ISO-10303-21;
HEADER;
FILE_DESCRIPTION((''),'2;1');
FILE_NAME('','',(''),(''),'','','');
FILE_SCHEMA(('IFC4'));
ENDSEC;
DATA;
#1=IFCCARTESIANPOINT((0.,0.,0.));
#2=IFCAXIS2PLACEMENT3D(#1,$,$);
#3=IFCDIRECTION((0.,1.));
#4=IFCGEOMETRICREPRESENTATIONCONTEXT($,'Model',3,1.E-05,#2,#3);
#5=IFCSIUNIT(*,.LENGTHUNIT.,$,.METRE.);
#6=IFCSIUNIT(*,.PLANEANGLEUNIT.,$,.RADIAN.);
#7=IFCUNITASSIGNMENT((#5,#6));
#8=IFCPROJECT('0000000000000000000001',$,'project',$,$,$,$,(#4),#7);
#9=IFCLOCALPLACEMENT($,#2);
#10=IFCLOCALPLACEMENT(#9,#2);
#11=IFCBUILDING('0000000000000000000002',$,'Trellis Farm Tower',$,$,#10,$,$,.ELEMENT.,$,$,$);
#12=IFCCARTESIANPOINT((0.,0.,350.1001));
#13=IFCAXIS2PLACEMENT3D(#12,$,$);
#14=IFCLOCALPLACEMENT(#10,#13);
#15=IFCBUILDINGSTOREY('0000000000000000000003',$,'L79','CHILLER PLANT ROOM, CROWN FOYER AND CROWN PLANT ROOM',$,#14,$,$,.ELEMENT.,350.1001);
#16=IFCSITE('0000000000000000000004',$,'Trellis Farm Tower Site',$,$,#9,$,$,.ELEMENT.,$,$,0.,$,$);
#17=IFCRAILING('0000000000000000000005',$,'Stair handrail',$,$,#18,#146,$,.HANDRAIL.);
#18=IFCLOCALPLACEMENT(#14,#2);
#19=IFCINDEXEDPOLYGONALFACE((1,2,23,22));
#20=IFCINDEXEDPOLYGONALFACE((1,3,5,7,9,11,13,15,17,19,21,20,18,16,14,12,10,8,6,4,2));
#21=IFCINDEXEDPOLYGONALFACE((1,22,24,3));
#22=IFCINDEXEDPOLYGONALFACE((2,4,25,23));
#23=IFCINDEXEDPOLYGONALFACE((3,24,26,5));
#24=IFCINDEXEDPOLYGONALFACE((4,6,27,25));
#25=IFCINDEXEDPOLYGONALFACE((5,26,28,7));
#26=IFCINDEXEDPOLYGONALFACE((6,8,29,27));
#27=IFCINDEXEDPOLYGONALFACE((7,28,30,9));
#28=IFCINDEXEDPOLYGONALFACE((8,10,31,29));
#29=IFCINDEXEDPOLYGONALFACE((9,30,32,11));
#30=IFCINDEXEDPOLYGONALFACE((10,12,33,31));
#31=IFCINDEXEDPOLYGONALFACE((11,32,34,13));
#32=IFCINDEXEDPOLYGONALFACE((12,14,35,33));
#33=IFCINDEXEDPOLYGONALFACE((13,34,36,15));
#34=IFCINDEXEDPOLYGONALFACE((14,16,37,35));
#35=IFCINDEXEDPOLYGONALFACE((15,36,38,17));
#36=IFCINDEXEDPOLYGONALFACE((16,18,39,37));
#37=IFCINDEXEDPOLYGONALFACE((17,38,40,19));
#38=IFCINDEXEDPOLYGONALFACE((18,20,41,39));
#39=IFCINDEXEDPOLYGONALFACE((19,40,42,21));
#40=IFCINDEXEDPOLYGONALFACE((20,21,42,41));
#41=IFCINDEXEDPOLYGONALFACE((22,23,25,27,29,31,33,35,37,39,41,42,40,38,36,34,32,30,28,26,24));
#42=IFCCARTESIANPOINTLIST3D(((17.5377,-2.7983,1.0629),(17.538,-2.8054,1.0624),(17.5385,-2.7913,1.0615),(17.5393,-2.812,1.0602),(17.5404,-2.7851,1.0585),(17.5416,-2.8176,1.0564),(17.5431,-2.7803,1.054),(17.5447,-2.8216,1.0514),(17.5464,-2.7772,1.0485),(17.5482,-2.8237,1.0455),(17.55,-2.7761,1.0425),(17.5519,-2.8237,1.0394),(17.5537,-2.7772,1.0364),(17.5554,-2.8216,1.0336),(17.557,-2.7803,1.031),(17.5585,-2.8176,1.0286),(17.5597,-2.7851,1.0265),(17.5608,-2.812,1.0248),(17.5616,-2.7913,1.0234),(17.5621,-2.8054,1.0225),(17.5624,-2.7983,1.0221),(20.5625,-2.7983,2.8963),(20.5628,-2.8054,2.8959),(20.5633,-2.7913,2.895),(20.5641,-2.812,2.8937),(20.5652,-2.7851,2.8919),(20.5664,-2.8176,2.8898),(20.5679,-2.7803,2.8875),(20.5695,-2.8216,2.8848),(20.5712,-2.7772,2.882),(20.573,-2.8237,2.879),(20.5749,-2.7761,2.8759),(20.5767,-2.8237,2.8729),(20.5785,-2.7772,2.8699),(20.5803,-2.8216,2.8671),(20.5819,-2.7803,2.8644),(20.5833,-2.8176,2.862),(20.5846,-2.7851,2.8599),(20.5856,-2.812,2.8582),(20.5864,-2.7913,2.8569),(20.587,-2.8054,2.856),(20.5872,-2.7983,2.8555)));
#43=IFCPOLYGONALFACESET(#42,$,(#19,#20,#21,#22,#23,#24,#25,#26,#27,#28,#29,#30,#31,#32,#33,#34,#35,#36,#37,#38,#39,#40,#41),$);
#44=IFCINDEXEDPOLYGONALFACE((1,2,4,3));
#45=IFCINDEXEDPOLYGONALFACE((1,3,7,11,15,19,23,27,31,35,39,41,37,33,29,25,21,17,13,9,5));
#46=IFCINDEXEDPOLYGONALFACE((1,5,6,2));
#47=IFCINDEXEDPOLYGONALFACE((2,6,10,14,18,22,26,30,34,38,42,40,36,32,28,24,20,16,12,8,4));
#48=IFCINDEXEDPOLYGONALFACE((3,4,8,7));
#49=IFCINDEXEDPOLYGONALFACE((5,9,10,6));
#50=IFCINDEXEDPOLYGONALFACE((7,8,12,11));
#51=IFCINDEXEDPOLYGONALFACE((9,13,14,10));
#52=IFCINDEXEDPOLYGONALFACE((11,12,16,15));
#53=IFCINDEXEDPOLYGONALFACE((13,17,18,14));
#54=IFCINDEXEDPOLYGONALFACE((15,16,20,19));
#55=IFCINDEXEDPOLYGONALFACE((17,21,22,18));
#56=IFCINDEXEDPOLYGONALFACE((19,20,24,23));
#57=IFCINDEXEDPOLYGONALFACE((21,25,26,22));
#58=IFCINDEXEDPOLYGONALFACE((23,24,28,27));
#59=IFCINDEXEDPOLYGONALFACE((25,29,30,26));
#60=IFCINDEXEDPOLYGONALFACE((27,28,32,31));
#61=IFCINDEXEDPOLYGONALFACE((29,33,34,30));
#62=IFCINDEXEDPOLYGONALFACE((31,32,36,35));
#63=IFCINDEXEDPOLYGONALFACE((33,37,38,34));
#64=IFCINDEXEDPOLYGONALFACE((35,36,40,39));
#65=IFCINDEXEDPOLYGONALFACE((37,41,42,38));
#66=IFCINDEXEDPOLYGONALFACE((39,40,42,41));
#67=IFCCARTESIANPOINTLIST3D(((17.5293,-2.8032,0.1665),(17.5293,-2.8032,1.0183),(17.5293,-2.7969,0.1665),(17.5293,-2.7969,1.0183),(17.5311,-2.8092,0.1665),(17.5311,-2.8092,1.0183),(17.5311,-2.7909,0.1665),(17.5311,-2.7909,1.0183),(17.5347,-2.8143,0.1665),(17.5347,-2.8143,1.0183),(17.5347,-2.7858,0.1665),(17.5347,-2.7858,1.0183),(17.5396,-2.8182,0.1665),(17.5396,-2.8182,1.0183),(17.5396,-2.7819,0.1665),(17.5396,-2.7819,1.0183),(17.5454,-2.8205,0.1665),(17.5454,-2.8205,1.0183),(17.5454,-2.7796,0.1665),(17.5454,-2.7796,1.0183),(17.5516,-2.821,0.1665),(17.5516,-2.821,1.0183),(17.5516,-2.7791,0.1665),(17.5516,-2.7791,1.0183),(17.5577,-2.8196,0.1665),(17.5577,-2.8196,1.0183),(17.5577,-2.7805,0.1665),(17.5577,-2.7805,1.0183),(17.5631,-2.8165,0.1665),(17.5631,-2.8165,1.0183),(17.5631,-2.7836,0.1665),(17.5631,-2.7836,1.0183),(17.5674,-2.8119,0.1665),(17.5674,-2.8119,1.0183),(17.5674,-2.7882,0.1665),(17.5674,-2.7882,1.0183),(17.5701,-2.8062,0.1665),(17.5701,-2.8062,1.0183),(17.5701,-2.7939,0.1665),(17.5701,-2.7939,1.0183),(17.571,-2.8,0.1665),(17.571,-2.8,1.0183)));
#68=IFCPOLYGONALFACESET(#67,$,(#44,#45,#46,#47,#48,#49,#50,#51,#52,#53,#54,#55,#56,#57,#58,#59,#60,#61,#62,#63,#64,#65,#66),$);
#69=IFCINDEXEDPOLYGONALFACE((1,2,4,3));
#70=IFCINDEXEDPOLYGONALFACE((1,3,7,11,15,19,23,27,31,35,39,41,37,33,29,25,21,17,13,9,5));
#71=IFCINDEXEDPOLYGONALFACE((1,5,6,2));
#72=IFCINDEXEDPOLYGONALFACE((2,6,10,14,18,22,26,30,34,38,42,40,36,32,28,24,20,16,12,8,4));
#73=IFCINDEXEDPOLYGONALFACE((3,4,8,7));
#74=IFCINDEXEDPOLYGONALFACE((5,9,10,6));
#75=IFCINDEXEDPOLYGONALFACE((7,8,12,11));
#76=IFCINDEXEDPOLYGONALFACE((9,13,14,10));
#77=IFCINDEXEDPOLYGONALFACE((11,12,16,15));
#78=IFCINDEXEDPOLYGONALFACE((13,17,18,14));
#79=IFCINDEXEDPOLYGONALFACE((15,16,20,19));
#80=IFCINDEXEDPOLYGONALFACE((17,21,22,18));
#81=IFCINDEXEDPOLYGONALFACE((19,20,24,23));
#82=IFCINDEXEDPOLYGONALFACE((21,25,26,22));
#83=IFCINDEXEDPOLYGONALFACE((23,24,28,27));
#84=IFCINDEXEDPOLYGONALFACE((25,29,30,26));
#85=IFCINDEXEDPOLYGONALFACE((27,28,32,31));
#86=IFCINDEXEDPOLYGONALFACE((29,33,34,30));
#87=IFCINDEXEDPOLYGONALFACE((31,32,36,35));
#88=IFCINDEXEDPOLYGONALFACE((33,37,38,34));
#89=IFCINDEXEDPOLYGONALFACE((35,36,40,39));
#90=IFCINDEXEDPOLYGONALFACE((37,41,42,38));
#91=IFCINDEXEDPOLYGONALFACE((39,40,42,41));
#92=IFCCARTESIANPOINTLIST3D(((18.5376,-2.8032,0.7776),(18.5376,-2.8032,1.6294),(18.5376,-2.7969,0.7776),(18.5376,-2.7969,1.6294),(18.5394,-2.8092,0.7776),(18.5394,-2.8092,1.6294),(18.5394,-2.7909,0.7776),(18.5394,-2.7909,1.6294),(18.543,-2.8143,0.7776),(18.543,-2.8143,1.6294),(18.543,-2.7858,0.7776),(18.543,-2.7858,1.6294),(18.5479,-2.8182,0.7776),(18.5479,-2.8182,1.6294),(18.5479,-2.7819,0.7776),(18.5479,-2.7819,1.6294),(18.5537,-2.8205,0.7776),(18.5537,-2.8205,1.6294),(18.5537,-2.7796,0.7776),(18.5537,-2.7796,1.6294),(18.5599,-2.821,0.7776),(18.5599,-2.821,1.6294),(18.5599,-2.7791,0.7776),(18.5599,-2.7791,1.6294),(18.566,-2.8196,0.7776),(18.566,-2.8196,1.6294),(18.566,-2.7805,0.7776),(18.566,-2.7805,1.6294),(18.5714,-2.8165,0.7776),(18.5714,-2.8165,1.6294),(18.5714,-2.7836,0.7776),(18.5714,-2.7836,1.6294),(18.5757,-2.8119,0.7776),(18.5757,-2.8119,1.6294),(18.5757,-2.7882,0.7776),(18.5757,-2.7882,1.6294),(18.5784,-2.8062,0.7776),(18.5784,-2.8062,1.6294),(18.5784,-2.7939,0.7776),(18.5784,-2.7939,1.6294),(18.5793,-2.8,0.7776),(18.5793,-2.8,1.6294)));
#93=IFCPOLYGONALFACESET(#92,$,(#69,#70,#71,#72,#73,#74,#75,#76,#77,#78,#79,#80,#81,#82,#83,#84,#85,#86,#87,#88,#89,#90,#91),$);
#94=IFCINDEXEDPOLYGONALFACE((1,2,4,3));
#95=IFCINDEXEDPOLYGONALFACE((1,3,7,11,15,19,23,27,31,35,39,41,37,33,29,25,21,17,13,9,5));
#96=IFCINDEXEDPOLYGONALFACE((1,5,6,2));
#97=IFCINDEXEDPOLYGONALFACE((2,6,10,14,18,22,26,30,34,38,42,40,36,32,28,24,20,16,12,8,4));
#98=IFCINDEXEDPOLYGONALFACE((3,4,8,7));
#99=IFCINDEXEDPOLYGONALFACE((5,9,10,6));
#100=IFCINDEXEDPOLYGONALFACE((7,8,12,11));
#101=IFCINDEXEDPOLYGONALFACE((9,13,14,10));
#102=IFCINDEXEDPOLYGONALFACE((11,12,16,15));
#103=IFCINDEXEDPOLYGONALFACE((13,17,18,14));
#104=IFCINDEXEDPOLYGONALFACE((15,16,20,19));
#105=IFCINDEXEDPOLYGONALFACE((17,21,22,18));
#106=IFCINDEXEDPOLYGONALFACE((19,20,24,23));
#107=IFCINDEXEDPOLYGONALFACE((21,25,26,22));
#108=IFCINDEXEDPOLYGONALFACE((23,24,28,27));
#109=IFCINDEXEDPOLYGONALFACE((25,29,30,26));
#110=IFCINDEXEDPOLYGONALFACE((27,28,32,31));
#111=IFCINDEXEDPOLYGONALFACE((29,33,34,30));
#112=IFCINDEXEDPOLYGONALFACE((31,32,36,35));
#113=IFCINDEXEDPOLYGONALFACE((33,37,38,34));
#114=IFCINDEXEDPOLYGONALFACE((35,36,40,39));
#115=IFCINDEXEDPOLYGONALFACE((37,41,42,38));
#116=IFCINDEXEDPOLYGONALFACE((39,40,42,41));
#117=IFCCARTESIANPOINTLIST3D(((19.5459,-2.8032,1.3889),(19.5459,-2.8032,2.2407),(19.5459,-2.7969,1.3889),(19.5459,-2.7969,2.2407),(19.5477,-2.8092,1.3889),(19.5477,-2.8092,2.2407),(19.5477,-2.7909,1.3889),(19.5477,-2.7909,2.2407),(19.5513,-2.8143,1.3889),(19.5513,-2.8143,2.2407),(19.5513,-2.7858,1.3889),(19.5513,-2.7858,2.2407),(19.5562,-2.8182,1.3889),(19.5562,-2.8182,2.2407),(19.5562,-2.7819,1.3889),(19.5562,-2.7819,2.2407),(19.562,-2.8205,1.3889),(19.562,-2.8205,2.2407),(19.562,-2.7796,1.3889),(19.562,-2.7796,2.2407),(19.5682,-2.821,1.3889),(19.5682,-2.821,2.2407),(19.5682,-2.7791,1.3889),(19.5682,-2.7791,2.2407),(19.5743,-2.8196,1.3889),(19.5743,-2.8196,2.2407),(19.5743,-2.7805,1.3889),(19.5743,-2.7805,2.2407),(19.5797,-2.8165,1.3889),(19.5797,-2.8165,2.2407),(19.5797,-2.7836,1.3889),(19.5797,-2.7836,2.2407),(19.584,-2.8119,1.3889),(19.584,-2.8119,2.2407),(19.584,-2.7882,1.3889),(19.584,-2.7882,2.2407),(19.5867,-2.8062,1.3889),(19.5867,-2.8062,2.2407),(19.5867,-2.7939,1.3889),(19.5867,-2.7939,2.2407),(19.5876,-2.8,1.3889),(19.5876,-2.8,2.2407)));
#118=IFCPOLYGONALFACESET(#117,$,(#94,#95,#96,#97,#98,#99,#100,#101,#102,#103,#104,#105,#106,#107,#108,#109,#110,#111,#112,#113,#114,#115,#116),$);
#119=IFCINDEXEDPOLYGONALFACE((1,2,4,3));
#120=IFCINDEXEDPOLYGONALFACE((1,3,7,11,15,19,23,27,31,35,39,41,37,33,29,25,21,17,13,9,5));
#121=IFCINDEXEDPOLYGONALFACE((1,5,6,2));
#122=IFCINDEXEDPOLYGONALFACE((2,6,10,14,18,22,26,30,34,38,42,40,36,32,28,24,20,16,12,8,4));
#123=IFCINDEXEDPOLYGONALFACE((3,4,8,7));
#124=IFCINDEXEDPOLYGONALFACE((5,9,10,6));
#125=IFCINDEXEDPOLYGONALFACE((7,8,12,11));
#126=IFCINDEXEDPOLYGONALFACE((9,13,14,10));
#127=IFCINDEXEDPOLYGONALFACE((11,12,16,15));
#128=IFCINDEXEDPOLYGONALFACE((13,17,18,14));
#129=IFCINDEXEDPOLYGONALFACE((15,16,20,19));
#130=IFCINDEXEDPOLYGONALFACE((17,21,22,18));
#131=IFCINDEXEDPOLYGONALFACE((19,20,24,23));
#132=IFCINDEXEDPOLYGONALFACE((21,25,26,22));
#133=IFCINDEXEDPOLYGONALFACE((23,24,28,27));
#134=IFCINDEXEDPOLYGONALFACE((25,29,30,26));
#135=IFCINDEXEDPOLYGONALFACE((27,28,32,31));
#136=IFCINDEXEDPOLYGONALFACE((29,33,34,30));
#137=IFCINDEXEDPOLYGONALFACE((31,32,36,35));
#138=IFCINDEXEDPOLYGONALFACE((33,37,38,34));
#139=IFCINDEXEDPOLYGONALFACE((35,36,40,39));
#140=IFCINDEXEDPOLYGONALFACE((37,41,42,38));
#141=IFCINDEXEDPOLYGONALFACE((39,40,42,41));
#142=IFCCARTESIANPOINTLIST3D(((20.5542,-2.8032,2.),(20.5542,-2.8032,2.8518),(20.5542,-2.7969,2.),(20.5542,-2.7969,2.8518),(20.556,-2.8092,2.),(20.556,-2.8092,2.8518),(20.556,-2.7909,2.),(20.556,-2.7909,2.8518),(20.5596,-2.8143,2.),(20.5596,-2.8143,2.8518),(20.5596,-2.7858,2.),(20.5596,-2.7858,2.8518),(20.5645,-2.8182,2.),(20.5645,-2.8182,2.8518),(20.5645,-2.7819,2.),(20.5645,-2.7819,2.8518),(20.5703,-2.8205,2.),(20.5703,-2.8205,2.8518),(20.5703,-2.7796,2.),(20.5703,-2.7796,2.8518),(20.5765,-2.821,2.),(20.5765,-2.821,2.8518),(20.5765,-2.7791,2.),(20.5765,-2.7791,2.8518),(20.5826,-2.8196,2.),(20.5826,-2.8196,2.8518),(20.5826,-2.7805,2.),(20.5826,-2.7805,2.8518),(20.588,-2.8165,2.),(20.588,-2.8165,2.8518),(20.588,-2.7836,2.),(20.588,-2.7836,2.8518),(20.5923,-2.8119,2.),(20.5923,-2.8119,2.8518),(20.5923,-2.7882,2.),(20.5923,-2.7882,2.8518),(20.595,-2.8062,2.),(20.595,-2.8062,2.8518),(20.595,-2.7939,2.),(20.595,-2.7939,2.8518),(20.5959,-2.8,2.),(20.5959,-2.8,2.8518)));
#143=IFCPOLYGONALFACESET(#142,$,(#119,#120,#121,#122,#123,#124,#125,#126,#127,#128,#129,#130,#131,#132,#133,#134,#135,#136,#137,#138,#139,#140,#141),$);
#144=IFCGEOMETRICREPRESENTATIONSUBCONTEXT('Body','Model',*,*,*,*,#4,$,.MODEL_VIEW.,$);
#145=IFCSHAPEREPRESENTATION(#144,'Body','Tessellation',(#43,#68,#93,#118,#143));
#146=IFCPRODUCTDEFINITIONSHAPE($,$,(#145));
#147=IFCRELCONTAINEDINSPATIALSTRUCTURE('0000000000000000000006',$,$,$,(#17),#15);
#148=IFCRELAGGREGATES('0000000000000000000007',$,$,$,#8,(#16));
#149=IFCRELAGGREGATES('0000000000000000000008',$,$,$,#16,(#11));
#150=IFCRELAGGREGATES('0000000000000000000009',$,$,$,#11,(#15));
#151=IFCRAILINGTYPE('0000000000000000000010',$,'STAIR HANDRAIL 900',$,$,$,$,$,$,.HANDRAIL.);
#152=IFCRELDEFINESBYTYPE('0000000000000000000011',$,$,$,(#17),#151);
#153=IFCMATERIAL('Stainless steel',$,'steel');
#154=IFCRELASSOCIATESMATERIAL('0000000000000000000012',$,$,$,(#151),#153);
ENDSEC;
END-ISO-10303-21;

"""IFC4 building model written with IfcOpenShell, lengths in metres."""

from ifc_helpers import new_model, si_unit, direction, frame, origin, origin_2d, place, context, subcontext, project, spatial, circle, extrude, source, transform, mapped, material, type_object, element, save


model = new_model("IFC4")

# Units and contexts
model_context = context("Model", 3, precision=1e-05, world=origin(), true_north=direction((0.0, 1.0)))
body_context = subcontext(model_context, "Body", "Model", "MODEL_VIEW")
ifc_project = project(units=[si_unit("LENGTHUNIT", "METRE"), si_unit("PLANEANGLEUNIT", "RADIAN")], contexts=[model_context])

# Site, building, storey
site_placement = place(None, origin())
site = spatial("IfcSite", under=ifc_project, at=site_placement, Name="Trellis Farm Tower Site", CompositionType="ELEMENT", RefElevation=0.0)
building_placement = place(site_placement, origin())
building = spatial("IfcBuilding", under=site, at=building_placement, Name="Trellis Farm Tower", CompositionType="ELEMENT")
storey_placement = place(building_placement, frame((0.0, 0.0, 350.1001)))
storey = spatial("IfcBuildingStorey", under=building, at=storey_placement, Name="L79", Description="CHILLER PLANT ROOM, CROWN FOYER AND CROWN PLANT ROOM", CompositionType="ELEMENT", Elevation=350.1001)

# Railing
ifc_material_1 = material(Name="Stainless steel", Category="steel")
railing_type = type_object("IfcRailingType", Name="STAIR HANDRAIL 900", PredefinedType="HANDRAIL", material=ifc_material_1)
shared_shape_1 = source(origin(), body_context, "Body", "SweptSolid", [
    extrude(circle(Radius=0.0239, at=origin_2d()), frame((0.0, 0.0, 0.876), z_axis=(0.85517, 0.0, 0.518348), x_axis=(0.0, 1.0, 0.0)), (0.0, 0.0, 1.0), 3.5371),
    extrude(circle(Radius=0.021, at=origin_2d()), origin(), (0.0, 0.0, 1.0), 0.8518),
    extrude(circle(Radius=0.021, at=origin_2d()), frame((1.0083, 0.0, 0.6111)), (0.0, 0.0, 1.0), 0.8518),
    extrude(circle(Radius=0.021, at=origin_2d()), frame((2.0166, 0.0, 1.2224)), (0.0, 0.0, 1.0), 0.8518),
    extrude(circle(Radius=0.021, at=origin_2d()), frame((3.0249, 0.0, 1.8335)), (0.0, 0.0, 1.0), 0.8518),
])
for number, where, name in (
    (1, (17.55, -2.8, 0.1665), "Stair handrail"),
):
    element("IfcRailing", number, at=place(storey_placement, frame(where)), inside=storey, type_object=railing_type, Name=name, PredefinedType="HANDRAIL", context=body_context, shape_type="MappedRepresentation", body=[
        mapped(shared_shape_1, transform((0.0, 0.0, 0.0))),
    ])

save(model, "model.ifc")
